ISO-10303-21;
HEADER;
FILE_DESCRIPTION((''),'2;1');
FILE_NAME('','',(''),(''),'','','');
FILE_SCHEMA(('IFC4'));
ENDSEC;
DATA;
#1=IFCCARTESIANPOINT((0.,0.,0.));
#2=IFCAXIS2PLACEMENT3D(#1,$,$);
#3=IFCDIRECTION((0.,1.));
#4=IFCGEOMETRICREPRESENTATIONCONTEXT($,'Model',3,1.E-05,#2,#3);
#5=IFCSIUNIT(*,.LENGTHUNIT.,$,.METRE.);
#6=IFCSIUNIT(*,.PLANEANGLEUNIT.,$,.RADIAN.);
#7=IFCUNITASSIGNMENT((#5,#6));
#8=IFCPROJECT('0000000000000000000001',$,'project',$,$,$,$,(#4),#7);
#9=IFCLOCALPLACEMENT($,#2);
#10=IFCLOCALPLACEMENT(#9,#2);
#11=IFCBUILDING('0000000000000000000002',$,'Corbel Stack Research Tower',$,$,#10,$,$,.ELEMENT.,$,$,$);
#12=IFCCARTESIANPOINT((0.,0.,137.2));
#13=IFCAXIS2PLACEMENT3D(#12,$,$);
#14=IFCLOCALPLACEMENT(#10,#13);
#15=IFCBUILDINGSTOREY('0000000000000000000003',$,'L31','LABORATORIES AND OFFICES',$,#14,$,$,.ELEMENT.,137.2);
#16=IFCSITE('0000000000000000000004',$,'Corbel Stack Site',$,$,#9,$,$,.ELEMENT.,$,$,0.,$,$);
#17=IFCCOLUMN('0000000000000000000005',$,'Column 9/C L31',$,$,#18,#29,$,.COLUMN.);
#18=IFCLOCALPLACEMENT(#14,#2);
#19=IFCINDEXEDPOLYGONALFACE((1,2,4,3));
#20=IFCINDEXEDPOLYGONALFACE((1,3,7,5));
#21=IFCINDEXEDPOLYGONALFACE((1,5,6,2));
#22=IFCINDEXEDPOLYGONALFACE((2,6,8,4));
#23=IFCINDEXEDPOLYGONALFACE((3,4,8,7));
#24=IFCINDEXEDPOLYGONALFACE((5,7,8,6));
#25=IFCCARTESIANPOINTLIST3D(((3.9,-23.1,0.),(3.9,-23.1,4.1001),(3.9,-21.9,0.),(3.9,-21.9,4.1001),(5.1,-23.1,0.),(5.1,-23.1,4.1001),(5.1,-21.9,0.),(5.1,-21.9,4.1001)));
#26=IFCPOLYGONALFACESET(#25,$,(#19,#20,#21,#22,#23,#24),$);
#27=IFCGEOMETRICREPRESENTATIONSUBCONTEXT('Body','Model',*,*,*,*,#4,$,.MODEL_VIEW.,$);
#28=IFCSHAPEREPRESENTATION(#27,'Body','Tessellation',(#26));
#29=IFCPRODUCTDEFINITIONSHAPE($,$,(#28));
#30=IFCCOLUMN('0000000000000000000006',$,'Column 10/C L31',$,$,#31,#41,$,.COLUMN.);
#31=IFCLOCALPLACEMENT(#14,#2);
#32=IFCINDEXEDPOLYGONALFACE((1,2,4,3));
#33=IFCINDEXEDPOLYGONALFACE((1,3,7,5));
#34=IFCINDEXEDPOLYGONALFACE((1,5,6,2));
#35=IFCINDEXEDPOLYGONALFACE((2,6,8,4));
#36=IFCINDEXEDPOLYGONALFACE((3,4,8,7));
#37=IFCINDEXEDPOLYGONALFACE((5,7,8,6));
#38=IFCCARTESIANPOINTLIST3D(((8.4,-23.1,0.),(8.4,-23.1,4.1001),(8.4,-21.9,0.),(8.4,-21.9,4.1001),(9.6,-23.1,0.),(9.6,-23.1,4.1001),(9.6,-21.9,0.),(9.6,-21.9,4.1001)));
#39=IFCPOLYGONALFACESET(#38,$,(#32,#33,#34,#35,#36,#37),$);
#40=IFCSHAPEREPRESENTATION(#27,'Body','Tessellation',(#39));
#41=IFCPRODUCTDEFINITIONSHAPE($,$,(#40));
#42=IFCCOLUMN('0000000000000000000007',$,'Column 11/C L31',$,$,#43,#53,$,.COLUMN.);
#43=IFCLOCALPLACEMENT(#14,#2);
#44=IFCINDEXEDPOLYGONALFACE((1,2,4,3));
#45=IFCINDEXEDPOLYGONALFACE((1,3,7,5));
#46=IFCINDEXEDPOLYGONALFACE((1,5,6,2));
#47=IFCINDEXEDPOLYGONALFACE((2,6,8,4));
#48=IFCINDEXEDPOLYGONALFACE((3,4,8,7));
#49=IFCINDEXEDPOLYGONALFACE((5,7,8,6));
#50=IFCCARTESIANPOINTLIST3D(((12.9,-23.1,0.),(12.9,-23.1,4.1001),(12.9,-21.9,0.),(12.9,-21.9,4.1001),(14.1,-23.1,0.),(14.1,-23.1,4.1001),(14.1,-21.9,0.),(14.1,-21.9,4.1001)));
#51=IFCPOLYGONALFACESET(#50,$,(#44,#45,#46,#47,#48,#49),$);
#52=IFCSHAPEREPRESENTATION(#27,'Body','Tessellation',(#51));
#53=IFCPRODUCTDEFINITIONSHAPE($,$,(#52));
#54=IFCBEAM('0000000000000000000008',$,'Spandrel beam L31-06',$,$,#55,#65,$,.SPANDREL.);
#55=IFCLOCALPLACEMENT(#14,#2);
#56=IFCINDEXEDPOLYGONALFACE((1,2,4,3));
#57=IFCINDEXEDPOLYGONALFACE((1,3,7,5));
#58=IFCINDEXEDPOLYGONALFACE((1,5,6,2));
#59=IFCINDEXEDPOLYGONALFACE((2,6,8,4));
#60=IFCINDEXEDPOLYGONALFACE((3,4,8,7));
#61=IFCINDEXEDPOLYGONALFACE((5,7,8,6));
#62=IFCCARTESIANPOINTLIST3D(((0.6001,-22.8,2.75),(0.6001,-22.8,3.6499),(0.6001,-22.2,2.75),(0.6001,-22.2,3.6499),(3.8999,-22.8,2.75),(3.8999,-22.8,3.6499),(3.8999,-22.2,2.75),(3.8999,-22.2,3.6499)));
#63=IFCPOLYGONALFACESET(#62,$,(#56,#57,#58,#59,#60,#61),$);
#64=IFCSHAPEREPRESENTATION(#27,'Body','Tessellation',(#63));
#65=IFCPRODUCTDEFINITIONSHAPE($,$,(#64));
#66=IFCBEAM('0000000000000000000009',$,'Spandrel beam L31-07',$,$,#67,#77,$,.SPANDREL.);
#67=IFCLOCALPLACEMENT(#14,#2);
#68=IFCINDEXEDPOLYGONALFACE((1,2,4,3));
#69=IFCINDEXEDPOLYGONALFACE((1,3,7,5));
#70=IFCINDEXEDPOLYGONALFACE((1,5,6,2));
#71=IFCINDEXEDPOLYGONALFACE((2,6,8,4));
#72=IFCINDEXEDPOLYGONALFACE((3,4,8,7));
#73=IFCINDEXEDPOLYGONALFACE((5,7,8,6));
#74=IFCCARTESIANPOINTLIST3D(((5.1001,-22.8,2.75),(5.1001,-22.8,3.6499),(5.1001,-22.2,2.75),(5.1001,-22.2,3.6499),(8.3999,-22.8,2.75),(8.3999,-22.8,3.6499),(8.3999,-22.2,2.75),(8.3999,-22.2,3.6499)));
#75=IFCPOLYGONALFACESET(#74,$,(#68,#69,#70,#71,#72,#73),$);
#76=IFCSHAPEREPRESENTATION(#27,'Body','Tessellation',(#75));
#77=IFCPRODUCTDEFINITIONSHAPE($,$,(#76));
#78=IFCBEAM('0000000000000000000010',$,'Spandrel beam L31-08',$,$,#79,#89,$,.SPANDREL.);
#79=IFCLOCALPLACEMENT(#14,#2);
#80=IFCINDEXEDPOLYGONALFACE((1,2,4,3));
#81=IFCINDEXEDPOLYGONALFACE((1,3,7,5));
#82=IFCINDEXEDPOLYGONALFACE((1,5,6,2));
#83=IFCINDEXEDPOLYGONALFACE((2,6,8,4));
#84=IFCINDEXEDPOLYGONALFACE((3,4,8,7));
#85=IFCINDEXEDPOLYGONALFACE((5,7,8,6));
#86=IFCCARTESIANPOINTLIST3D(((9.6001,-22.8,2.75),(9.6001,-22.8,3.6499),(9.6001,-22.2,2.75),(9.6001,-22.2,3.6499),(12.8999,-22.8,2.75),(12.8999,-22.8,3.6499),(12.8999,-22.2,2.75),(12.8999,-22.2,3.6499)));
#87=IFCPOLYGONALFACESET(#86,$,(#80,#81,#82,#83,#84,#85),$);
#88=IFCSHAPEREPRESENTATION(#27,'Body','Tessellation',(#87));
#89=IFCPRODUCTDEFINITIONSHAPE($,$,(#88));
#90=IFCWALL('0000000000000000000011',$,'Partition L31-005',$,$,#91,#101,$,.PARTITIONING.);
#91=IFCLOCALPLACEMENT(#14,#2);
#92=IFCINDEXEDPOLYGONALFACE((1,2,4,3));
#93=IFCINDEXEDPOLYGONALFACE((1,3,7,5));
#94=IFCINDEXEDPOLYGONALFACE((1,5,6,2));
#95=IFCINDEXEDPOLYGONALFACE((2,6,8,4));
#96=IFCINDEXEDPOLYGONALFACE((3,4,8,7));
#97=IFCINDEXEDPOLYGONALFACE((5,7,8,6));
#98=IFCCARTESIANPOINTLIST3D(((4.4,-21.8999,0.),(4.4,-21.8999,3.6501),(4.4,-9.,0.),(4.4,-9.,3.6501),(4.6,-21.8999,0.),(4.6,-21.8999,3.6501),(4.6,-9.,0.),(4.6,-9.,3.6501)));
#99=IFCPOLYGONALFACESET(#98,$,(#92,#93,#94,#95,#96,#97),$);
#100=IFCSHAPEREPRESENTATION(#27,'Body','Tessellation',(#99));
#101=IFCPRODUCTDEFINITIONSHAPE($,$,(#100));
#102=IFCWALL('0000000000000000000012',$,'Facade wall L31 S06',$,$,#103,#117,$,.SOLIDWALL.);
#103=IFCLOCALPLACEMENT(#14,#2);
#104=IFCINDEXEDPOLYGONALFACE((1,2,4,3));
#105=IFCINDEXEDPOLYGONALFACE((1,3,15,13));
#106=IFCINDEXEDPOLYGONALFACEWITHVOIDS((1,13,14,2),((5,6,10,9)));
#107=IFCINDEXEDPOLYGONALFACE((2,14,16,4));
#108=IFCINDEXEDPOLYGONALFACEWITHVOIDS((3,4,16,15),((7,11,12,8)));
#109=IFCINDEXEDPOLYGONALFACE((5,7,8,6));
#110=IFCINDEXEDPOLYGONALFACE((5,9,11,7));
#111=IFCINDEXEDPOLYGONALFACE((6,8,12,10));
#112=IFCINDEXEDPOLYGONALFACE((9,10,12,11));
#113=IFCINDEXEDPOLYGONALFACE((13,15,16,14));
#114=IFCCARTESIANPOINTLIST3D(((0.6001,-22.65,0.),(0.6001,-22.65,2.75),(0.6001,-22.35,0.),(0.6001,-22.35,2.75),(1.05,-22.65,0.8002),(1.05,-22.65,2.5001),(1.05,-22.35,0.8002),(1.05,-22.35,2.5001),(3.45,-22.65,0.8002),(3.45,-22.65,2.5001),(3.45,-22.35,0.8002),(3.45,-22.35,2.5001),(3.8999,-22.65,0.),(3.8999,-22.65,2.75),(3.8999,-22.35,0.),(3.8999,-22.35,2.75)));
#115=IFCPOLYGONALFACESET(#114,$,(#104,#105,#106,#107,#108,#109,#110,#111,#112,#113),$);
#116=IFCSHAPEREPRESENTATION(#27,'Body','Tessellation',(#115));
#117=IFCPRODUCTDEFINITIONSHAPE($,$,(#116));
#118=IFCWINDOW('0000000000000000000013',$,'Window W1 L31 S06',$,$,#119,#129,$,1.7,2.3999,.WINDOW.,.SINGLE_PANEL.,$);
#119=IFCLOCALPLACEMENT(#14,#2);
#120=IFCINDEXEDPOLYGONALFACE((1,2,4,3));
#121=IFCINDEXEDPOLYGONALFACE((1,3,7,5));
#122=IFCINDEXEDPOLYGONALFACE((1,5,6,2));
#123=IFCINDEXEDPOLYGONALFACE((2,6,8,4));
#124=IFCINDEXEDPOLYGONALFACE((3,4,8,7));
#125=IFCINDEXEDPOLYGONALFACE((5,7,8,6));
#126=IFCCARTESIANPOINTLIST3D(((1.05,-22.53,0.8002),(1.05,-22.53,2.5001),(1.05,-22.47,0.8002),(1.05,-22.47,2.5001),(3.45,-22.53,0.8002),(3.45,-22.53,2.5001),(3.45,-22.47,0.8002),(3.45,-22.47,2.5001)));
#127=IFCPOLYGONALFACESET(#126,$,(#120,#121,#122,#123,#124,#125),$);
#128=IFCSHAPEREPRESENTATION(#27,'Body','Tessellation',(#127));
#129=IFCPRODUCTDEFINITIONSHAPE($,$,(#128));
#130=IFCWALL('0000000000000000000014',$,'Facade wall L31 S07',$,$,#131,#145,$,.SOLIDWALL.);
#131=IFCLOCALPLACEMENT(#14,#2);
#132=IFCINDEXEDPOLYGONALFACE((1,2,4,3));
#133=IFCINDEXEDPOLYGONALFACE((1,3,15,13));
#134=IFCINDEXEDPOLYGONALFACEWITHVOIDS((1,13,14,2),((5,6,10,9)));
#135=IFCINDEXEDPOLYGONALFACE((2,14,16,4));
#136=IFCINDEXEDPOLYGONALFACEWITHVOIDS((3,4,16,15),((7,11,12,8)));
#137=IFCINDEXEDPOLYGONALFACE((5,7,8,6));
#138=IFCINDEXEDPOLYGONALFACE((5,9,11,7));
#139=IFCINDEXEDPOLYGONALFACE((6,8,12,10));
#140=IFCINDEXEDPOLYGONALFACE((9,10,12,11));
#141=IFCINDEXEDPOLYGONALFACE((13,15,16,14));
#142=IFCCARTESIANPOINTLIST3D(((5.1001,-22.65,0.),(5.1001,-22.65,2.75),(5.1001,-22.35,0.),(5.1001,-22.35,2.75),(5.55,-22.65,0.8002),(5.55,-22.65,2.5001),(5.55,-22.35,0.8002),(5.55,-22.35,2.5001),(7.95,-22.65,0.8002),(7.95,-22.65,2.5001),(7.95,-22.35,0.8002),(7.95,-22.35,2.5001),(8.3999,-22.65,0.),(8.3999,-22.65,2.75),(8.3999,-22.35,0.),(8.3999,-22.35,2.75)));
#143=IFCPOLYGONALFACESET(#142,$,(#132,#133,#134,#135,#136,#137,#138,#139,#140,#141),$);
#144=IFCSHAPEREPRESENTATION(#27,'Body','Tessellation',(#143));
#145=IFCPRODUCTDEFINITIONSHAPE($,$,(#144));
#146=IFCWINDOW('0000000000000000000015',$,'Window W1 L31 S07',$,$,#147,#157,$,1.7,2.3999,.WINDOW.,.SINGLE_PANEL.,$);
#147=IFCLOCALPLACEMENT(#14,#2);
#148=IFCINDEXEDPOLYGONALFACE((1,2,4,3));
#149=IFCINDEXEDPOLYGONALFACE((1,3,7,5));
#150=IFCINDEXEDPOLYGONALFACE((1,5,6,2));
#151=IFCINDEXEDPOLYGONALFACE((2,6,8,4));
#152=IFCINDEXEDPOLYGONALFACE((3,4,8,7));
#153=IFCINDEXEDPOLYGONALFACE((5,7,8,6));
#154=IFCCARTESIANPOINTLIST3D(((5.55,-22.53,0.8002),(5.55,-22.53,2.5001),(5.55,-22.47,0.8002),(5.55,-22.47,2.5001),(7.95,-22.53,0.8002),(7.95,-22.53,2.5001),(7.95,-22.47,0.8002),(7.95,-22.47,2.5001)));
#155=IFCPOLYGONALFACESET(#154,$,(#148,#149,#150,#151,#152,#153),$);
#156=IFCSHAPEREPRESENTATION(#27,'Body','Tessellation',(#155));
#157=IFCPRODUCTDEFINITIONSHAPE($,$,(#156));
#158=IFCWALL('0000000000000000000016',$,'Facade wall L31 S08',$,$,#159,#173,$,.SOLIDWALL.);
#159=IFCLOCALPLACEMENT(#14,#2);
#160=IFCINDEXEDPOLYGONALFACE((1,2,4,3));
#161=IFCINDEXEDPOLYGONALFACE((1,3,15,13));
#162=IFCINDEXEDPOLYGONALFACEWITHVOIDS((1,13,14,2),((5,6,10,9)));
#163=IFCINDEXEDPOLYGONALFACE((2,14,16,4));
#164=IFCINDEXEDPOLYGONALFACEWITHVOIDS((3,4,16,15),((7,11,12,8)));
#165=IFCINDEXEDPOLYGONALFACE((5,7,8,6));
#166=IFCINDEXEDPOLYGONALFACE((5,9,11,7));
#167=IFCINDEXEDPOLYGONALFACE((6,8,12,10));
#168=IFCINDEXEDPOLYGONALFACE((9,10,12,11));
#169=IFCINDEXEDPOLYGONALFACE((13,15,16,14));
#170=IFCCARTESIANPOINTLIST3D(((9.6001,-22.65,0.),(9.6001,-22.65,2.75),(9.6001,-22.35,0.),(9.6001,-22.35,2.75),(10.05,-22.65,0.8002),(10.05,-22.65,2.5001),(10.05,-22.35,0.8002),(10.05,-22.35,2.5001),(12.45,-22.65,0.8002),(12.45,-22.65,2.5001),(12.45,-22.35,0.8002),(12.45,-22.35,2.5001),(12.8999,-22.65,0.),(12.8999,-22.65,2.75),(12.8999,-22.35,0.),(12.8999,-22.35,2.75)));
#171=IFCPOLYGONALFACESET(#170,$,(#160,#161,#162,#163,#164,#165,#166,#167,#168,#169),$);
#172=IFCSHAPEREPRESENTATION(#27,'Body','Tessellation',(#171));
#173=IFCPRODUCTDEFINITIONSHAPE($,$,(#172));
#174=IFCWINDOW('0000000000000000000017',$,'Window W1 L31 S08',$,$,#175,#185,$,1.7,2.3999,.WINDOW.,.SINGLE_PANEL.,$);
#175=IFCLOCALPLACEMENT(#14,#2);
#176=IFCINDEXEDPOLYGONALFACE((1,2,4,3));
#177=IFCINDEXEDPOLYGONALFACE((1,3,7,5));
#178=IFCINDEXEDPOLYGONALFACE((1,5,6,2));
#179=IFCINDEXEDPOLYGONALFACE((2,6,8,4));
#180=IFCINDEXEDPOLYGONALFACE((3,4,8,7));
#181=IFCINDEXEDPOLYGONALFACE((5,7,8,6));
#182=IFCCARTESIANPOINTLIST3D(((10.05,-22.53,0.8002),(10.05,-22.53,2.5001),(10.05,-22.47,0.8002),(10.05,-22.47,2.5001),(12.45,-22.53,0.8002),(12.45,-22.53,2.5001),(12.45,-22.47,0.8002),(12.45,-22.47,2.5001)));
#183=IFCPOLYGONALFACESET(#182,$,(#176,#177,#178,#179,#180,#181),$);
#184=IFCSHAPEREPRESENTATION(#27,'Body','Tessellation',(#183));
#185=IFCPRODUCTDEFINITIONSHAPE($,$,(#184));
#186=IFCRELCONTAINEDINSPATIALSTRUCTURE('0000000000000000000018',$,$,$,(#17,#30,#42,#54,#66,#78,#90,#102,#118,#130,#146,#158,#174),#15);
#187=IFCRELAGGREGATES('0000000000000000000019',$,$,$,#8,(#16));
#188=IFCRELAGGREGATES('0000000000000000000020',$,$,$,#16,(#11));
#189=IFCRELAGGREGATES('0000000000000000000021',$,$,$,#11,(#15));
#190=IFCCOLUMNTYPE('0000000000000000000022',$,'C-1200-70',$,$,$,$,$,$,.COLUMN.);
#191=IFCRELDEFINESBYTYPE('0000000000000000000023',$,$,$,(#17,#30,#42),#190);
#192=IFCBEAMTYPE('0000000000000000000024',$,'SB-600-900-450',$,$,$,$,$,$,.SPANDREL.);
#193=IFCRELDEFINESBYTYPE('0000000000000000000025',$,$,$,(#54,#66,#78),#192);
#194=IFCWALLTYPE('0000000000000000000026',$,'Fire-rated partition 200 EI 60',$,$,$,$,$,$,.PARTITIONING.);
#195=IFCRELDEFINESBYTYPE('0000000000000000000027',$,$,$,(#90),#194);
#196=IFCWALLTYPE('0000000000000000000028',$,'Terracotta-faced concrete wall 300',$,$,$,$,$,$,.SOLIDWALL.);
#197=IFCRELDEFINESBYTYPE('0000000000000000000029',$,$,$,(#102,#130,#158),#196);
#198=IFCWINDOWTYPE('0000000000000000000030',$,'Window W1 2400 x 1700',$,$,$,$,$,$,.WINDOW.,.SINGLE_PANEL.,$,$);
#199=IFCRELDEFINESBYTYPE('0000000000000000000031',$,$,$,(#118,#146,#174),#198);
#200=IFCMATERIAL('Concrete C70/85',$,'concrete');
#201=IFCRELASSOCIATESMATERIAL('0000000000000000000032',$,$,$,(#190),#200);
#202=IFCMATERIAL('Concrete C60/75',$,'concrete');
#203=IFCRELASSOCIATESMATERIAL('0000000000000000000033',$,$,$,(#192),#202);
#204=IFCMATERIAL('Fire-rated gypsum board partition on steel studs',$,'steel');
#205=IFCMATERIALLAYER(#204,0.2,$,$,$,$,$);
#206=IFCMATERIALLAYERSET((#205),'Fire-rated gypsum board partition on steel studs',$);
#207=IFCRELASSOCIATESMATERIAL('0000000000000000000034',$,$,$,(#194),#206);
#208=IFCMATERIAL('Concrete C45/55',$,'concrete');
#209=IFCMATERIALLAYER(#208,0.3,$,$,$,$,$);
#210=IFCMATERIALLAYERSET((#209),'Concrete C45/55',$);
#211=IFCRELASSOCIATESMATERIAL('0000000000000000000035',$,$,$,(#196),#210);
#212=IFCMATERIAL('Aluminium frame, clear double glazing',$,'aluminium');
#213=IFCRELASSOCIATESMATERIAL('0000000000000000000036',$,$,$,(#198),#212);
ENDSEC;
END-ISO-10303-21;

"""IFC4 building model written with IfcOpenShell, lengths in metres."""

from ifc_helpers import new_model, si_unit, direction, frame, frame_2d, origin, origin_2d, place, context, subcontext, project, spatial, rectangle, extrude, material, layer, layer_set, material_profile, profile_set, type_object, element, fill, save


model = new_model("IFC4")

# Units and contexts
model_context = context("Model", 3, precision=1e-05, world=origin(), true_north=direction((0.0, 1.0)))
body_context = subcontext(model_context, "Body", "Model", "MODEL_VIEW")
ifc_project = project(units=[si_unit("LENGTHUNIT", "METRE"), si_unit("PLANEANGLEUNIT", "RADIAN")], contexts=[model_context])

# Site, building, storey
site_placement = place(None, origin())
site = spatial("IfcSite", under=ifc_project, at=site_placement, Name="Corbel Stack Site", CompositionType="ELEMENT", RefElevation=0.0)
building_placement = place(site_placement, origin())
building = spatial("IfcBuilding", under=site, at=building_placement, Name="Corbel Stack Research Tower", CompositionType="ELEMENT")
storey_placement = place(building_placement, frame((0.0, 0.0, 137.2)))
storey = spatial("IfcBuildingStorey", under=building, at=storey_placement, Name="L31", Description="LABORATORIES AND OFFICES", CompositionType="ELEMENT", Elevation=137.2)

# Columns
ifc_material_1 = material(Name="Concrete C70/85", Category="concrete")
ifc_material_profile_1 = material_profile(ifc_material_1, rectangle(XDim=1.2, YDim=1.2, at=origin_2d()), Name="RC 1200 x 1200")
ifc_profile_set_1 = profile_set([ifc_material_profile_1], Name="Concrete C70/85")
column_type = type_object("IfcColumnType", Name="C-1200-70", PredefinedType="COLUMN", material=ifc_profile_set_1)
for number, where, z_axis, x_axis, name in (
    (1, (4.5, -22.5, 0.0), (0.0, 0.0, 1.0), (1.0, 0.0, 0.0), "Column 9/C L31"),
    (2, (9.0, -22.5, 0.0), (0.0, 0.0, 1.0), (1.0, 0.0, 0.0), "Column 10/C L31"),
    (3, (13.5, -22.5, 0.0), (0.0, 0.0, 1.0), (1.0, 0.0, 0.0), "Column 11/C L31"),
):
    element("IfcColumn", number, at=place(storey_placement, frame(where, z_axis=z_axis, x_axis=x_axis)), inside=storey, type_object=column_type, Name=name, PredefinedType="COLUMN", context=body_context, shape_type="SweptSolid", body=[
        extrude(rectangle(XDim=1.2, YDim=1.2, at=origin_2d()), origin(), (0.0, 0.0, 1.0), 4.1001),
    ])

# Beams
ifc_material_2 = material(Name="Concrete C60/75", Category="concrete")
ifc_material_profile_2 = material_profile(ifc_material_2, rectangle(XDim=0.6001, YDim=0.8999, at=origin_2d()), Name="RC 600 x 900")
ifc_profile_set_2 = profile_set([ifc_material_profile_2], Name="Concrete C60/75")
beam_type = type_object("IfcBeamType", Name="SB-600-900-450", PredefinedType="SPANDREL", material=ifc_profile_set_2)
for number, where, z_axis, x_axis, name in (
    (4, (0.6001, -22.5, 3.2), (1.0, 0.0, 0.0), (0.0, 1.0, 0.0), "Spandrel beam L31-06"),
    (5, (5.1001, -22.5, 3.2), (1.0, 0.0, 0.0), (0.0, 1.0, 0.0), "Spandrel beam L31-07"),
    (6, (9.6001, -22.5, 3.2), (1.0, 0.0, 0.0), (0.0, 1.0, 0.0), "Spandrel beam L31-08"),
):
    element("IfcBeam", number, at=place(storey_placement, frame(where, z_axis=z_axis, x_axis=x_axis)), inside=storey, type_object=beam_type, Name=name, PredefinedType="SPANDREL", context=body_context, shape_type="SweptSolid", body=[
        extrude(rectangle(XDim=0.6001, YDim=0.8999, at=origin_2d()), origin(), (0.0, 0.0, 1.0), 3.2998),
    ])

# Wall
ifc_material_3 = material(Name="Fire-rated gypsum board partition on steel studs", Category="steel")
ifc_layer_1 = layer(ifc_material_3, 0.2)
ifc_layer_set_1 = layer_set([ifc_layer_1], Name="Fire-rated gypsum board partition on steel studs")
wall_type_1 = type_object("IfcWallType", Name="Fire-rated partition 200 EI 60", PredefinedType="PARTITIONING", material=ifc_layer_set_1)
wall_1_placement = place(storey_placement, frame((4.5, -21.8999, 0.0), z_axis=(0.0, 0.0, 1.0), x_axis=(0.0, 1.0, 0.0)))
element("IfcWall", 7, at=wall_1_placement, inside=storey, type_object=wall_type_1, Name="Partition L31-005", PredefinedType="PARTITIONING", context=body_context, shape_type="SweptSolid", body=[
    extrude(rectangle(XDim=12.8999, YDim=0.2, at=frame_2d((6.45, 0.0))), origin(), (0.0, 0.0, 1.0), 3.6501),
])

# Walls, openings, windows
ifc_material_4 = material(Name="Concrete C45/55", Category="concrete")
ifc_layer_2 = layer(ifc_material_4, 0.3)
ifc_layer_set_2 = layer_set([ifc_layer_2], Name="Concrete C45/55")
wall_type_2 = type_object("IfcWallType", Name="Terracotta-faced concrete wall 300", PredefinedType="SOLIDWALL", material=ifc_layer_set_2)
wall_2_placement = place(storey_placement, frame((3.8999, -22.5, 0.0), z_axis=(0.0, 0.0, 1.0), x_axis=(-1.0, 0.0, 0.0)))
wall_2 = element("IfcWall", 8, at=wall_2_placement, inside=storey, type_object=wall_type_2, Name="Facade wall L31 S06", PredefinedType="SOLIDWALL", context=body_context, shape_type="SweptSolid", body=[
    extrude(rectangle(XDim=3.2998, YDim=0.3, at=frame_2d((1.6499, 0.0))), origin(), (0.0, 0.0, 1.0), 2.75),
])
opening_1_placement = place(wall_2_placement, frame((0.45, 0.0, 0.8)))
opening_1 = element("IfcOpeningElement", 9, at=opening_1_placement, cuts=wall_2, PredefinedType="OPENING", context=body_context, shape_type="SweptSolid", body=[
    extrude(rectangle(XDim=2.3999, YDim=1.7, at=frame_2d((1.2, 0.8501))), frame((0.0, 0.1599, 0.0), z_axis=(0.0, -1.0, 0.0), x_axis=(1.0, 0.0, 0.0)), (0.0, 0.0, 1.0), 0.3201),
])
ifc_material_5 = material(Name="Aluminium frame, clear double glazing", Category="aluminium")
window_type = type_object("IfcWindowType", Name="Window W1 2400 x 1700", PartitioningType="SINGLE_PANEL", PredefinedType="WINDOW", material=ifc_material_5)
window_1_placement = place(opening_1_placement, origin())
window_1 = element("IfcWindow", 10, at=window_1_placement, inside=storey, type_object=window_type, Name="Window W1 L31 S06", OverallHeight=1.7, OverallWidth=2.3999, PartitioningType="SINGLE_PANEL", PredefinedType="WINDOW", context=body_context, shape_type="SweptSolid", body=[
    extrude(rectangle(XDim=2.3999, YDim=1.7, at=frame_2d((1.2, 0.8501))), frame((0.0, 0.03, 0.0), z_axis=(0.0, -1.0, 0.0), x_axis=(1.0, 0.0, 0.0)), (0.0, 0.0, 1.0), 0.0601),
])
fill(opening_1, window_1)
wall_3_placement = place(storey_placement, frame((8.3999, -22.5, 0.0), z_axis=(0.0, 0.0, 1.0), x_axis=(-1.0, 0.0, 0.0)))
wall_3 = element("IfcWall", 11, at=wall_3_placement, inside=storey, type_object=wall_type_2, Name="Facade wall L31 S07", PredefinedType="SOLIDWALL", context=body_context, shape_type="SweptSolid", body=[
    extrude(rectangle(XDim=3.2998, YDim=0.3, at=frame_2d((1.6499, 0.0))), origin(), (0.0, 0.0, 1.0), 2.75),
])
opening_2_placement = place(wall_3_placement, frame((0.45, 0.0, 0.8)))
opening_2 = element("IfcOpeningElement", 12, at=opening_2_placement, cuts=wall_3, PredefinedType="OPENING", context=body_context, shape_type="SweptSolid", body=[
    extrude(rectangle(XDim=2.3999, YDim=1.7, at=frame_2d((1.2, 0.8501))), frame((0.0, 0.1599, 0.0), z_axis=(0.0, -1.0, 0.0), x_axis=(1.0, 0.0, 0.0)), (0.0, 0.0, 1.0), 0.3201),
])
window_2_placement = place(opening_2_placement, origin())
window_2 = element("IfcWindow", 13, at=window_2_placement, inside=storey, type_object=window_type, Name="Window W1 L31 S07", OverallHeight=1.7, OverallWidth=2.3999, PartitioningType="SINGLE_PANEL", PredefinedType="WINDOW", context=body_context, shape_type="SweptSolid", body=[
    extrude(rectangle(XDim=2.3999, YDim=1.7, at=frame_2d((1.2, 0.8501))), frame((0.0, 0.03, 0.0), z_axis=(0.0, -1.0, 0.0), x_axis=(1.0, 0.0, 0.0)), (0.0, 0.0, 1.0), 0.0601),
])
fill(opening_2, window_2)
wall_4_placement = place(storey_placement, frame((12.8999, -22.5, 0.0), z_axis=(0.0, 0.0, 1.0), x_axis=(-1.0, 0.0, 0.0)))
wall_4 = element("IfcWall", 14, at=wall_4_placement, inside=storey, type_object=wall_type_2, Name="Facade wall L31 S08", PredefinedType="SOLIDWALL", context=body_context, shape_type="SweptSolid", body=[
    extrude(rectangle(XDim=3.2998, YDim=0.3, at=frame_2d((1.6499, 0.0))), origin(), (0.0, 0.0, 1.0), 2.75),
])
opening_3_placement = place(wall_4_placement, frame((0.45, 0.0, 0.8)))
opening_3 = element("IfcOpeningElement", 15, at=opening_3_placement, cuts=wall_4, PredefinedType="OPENING", context=body_context, shape_type="SweptSolid", body=[
    extrude(rectangle(XDim=2.3999, YDim=1.7, at=frame_2d((1.2, 0.8501))), frame((0.0, 0.1599, 0.0), z_axis=(0.0, -1.0, 0.0), x_axis=(1.0, 0.0, 0.0)), (0.0, 0.0, 1.0), 0.3201),
])
window_3_placement = place(opening_3_placement, origin())
window_3 = element("IfcWindow", 16, at=window_3_placement, inside=storey, type_object=window_type, Name="Window W1 L31 S08", OverallHeight=1.7, OverallWidth=2.3999, PartitioningType="SINGLE_PANEL", PredefinedType="WINDOW", context=body_context, shape_type="SweptSolid", body=[
    extrude(rectangle(XDim=2.3999, YDim=1.7, at=frame_2d((1.2, 0.8501))), frame((0.0, 0.03, 0.0), z_axis=(0.0, -1.0, 0.0), x_axis=(1.0, 0.0, 0.0)), (0.0, 0.0, 1.0), 0.0601),
])
fill(opening_3, window_3)

save(model, "model.ifc")
